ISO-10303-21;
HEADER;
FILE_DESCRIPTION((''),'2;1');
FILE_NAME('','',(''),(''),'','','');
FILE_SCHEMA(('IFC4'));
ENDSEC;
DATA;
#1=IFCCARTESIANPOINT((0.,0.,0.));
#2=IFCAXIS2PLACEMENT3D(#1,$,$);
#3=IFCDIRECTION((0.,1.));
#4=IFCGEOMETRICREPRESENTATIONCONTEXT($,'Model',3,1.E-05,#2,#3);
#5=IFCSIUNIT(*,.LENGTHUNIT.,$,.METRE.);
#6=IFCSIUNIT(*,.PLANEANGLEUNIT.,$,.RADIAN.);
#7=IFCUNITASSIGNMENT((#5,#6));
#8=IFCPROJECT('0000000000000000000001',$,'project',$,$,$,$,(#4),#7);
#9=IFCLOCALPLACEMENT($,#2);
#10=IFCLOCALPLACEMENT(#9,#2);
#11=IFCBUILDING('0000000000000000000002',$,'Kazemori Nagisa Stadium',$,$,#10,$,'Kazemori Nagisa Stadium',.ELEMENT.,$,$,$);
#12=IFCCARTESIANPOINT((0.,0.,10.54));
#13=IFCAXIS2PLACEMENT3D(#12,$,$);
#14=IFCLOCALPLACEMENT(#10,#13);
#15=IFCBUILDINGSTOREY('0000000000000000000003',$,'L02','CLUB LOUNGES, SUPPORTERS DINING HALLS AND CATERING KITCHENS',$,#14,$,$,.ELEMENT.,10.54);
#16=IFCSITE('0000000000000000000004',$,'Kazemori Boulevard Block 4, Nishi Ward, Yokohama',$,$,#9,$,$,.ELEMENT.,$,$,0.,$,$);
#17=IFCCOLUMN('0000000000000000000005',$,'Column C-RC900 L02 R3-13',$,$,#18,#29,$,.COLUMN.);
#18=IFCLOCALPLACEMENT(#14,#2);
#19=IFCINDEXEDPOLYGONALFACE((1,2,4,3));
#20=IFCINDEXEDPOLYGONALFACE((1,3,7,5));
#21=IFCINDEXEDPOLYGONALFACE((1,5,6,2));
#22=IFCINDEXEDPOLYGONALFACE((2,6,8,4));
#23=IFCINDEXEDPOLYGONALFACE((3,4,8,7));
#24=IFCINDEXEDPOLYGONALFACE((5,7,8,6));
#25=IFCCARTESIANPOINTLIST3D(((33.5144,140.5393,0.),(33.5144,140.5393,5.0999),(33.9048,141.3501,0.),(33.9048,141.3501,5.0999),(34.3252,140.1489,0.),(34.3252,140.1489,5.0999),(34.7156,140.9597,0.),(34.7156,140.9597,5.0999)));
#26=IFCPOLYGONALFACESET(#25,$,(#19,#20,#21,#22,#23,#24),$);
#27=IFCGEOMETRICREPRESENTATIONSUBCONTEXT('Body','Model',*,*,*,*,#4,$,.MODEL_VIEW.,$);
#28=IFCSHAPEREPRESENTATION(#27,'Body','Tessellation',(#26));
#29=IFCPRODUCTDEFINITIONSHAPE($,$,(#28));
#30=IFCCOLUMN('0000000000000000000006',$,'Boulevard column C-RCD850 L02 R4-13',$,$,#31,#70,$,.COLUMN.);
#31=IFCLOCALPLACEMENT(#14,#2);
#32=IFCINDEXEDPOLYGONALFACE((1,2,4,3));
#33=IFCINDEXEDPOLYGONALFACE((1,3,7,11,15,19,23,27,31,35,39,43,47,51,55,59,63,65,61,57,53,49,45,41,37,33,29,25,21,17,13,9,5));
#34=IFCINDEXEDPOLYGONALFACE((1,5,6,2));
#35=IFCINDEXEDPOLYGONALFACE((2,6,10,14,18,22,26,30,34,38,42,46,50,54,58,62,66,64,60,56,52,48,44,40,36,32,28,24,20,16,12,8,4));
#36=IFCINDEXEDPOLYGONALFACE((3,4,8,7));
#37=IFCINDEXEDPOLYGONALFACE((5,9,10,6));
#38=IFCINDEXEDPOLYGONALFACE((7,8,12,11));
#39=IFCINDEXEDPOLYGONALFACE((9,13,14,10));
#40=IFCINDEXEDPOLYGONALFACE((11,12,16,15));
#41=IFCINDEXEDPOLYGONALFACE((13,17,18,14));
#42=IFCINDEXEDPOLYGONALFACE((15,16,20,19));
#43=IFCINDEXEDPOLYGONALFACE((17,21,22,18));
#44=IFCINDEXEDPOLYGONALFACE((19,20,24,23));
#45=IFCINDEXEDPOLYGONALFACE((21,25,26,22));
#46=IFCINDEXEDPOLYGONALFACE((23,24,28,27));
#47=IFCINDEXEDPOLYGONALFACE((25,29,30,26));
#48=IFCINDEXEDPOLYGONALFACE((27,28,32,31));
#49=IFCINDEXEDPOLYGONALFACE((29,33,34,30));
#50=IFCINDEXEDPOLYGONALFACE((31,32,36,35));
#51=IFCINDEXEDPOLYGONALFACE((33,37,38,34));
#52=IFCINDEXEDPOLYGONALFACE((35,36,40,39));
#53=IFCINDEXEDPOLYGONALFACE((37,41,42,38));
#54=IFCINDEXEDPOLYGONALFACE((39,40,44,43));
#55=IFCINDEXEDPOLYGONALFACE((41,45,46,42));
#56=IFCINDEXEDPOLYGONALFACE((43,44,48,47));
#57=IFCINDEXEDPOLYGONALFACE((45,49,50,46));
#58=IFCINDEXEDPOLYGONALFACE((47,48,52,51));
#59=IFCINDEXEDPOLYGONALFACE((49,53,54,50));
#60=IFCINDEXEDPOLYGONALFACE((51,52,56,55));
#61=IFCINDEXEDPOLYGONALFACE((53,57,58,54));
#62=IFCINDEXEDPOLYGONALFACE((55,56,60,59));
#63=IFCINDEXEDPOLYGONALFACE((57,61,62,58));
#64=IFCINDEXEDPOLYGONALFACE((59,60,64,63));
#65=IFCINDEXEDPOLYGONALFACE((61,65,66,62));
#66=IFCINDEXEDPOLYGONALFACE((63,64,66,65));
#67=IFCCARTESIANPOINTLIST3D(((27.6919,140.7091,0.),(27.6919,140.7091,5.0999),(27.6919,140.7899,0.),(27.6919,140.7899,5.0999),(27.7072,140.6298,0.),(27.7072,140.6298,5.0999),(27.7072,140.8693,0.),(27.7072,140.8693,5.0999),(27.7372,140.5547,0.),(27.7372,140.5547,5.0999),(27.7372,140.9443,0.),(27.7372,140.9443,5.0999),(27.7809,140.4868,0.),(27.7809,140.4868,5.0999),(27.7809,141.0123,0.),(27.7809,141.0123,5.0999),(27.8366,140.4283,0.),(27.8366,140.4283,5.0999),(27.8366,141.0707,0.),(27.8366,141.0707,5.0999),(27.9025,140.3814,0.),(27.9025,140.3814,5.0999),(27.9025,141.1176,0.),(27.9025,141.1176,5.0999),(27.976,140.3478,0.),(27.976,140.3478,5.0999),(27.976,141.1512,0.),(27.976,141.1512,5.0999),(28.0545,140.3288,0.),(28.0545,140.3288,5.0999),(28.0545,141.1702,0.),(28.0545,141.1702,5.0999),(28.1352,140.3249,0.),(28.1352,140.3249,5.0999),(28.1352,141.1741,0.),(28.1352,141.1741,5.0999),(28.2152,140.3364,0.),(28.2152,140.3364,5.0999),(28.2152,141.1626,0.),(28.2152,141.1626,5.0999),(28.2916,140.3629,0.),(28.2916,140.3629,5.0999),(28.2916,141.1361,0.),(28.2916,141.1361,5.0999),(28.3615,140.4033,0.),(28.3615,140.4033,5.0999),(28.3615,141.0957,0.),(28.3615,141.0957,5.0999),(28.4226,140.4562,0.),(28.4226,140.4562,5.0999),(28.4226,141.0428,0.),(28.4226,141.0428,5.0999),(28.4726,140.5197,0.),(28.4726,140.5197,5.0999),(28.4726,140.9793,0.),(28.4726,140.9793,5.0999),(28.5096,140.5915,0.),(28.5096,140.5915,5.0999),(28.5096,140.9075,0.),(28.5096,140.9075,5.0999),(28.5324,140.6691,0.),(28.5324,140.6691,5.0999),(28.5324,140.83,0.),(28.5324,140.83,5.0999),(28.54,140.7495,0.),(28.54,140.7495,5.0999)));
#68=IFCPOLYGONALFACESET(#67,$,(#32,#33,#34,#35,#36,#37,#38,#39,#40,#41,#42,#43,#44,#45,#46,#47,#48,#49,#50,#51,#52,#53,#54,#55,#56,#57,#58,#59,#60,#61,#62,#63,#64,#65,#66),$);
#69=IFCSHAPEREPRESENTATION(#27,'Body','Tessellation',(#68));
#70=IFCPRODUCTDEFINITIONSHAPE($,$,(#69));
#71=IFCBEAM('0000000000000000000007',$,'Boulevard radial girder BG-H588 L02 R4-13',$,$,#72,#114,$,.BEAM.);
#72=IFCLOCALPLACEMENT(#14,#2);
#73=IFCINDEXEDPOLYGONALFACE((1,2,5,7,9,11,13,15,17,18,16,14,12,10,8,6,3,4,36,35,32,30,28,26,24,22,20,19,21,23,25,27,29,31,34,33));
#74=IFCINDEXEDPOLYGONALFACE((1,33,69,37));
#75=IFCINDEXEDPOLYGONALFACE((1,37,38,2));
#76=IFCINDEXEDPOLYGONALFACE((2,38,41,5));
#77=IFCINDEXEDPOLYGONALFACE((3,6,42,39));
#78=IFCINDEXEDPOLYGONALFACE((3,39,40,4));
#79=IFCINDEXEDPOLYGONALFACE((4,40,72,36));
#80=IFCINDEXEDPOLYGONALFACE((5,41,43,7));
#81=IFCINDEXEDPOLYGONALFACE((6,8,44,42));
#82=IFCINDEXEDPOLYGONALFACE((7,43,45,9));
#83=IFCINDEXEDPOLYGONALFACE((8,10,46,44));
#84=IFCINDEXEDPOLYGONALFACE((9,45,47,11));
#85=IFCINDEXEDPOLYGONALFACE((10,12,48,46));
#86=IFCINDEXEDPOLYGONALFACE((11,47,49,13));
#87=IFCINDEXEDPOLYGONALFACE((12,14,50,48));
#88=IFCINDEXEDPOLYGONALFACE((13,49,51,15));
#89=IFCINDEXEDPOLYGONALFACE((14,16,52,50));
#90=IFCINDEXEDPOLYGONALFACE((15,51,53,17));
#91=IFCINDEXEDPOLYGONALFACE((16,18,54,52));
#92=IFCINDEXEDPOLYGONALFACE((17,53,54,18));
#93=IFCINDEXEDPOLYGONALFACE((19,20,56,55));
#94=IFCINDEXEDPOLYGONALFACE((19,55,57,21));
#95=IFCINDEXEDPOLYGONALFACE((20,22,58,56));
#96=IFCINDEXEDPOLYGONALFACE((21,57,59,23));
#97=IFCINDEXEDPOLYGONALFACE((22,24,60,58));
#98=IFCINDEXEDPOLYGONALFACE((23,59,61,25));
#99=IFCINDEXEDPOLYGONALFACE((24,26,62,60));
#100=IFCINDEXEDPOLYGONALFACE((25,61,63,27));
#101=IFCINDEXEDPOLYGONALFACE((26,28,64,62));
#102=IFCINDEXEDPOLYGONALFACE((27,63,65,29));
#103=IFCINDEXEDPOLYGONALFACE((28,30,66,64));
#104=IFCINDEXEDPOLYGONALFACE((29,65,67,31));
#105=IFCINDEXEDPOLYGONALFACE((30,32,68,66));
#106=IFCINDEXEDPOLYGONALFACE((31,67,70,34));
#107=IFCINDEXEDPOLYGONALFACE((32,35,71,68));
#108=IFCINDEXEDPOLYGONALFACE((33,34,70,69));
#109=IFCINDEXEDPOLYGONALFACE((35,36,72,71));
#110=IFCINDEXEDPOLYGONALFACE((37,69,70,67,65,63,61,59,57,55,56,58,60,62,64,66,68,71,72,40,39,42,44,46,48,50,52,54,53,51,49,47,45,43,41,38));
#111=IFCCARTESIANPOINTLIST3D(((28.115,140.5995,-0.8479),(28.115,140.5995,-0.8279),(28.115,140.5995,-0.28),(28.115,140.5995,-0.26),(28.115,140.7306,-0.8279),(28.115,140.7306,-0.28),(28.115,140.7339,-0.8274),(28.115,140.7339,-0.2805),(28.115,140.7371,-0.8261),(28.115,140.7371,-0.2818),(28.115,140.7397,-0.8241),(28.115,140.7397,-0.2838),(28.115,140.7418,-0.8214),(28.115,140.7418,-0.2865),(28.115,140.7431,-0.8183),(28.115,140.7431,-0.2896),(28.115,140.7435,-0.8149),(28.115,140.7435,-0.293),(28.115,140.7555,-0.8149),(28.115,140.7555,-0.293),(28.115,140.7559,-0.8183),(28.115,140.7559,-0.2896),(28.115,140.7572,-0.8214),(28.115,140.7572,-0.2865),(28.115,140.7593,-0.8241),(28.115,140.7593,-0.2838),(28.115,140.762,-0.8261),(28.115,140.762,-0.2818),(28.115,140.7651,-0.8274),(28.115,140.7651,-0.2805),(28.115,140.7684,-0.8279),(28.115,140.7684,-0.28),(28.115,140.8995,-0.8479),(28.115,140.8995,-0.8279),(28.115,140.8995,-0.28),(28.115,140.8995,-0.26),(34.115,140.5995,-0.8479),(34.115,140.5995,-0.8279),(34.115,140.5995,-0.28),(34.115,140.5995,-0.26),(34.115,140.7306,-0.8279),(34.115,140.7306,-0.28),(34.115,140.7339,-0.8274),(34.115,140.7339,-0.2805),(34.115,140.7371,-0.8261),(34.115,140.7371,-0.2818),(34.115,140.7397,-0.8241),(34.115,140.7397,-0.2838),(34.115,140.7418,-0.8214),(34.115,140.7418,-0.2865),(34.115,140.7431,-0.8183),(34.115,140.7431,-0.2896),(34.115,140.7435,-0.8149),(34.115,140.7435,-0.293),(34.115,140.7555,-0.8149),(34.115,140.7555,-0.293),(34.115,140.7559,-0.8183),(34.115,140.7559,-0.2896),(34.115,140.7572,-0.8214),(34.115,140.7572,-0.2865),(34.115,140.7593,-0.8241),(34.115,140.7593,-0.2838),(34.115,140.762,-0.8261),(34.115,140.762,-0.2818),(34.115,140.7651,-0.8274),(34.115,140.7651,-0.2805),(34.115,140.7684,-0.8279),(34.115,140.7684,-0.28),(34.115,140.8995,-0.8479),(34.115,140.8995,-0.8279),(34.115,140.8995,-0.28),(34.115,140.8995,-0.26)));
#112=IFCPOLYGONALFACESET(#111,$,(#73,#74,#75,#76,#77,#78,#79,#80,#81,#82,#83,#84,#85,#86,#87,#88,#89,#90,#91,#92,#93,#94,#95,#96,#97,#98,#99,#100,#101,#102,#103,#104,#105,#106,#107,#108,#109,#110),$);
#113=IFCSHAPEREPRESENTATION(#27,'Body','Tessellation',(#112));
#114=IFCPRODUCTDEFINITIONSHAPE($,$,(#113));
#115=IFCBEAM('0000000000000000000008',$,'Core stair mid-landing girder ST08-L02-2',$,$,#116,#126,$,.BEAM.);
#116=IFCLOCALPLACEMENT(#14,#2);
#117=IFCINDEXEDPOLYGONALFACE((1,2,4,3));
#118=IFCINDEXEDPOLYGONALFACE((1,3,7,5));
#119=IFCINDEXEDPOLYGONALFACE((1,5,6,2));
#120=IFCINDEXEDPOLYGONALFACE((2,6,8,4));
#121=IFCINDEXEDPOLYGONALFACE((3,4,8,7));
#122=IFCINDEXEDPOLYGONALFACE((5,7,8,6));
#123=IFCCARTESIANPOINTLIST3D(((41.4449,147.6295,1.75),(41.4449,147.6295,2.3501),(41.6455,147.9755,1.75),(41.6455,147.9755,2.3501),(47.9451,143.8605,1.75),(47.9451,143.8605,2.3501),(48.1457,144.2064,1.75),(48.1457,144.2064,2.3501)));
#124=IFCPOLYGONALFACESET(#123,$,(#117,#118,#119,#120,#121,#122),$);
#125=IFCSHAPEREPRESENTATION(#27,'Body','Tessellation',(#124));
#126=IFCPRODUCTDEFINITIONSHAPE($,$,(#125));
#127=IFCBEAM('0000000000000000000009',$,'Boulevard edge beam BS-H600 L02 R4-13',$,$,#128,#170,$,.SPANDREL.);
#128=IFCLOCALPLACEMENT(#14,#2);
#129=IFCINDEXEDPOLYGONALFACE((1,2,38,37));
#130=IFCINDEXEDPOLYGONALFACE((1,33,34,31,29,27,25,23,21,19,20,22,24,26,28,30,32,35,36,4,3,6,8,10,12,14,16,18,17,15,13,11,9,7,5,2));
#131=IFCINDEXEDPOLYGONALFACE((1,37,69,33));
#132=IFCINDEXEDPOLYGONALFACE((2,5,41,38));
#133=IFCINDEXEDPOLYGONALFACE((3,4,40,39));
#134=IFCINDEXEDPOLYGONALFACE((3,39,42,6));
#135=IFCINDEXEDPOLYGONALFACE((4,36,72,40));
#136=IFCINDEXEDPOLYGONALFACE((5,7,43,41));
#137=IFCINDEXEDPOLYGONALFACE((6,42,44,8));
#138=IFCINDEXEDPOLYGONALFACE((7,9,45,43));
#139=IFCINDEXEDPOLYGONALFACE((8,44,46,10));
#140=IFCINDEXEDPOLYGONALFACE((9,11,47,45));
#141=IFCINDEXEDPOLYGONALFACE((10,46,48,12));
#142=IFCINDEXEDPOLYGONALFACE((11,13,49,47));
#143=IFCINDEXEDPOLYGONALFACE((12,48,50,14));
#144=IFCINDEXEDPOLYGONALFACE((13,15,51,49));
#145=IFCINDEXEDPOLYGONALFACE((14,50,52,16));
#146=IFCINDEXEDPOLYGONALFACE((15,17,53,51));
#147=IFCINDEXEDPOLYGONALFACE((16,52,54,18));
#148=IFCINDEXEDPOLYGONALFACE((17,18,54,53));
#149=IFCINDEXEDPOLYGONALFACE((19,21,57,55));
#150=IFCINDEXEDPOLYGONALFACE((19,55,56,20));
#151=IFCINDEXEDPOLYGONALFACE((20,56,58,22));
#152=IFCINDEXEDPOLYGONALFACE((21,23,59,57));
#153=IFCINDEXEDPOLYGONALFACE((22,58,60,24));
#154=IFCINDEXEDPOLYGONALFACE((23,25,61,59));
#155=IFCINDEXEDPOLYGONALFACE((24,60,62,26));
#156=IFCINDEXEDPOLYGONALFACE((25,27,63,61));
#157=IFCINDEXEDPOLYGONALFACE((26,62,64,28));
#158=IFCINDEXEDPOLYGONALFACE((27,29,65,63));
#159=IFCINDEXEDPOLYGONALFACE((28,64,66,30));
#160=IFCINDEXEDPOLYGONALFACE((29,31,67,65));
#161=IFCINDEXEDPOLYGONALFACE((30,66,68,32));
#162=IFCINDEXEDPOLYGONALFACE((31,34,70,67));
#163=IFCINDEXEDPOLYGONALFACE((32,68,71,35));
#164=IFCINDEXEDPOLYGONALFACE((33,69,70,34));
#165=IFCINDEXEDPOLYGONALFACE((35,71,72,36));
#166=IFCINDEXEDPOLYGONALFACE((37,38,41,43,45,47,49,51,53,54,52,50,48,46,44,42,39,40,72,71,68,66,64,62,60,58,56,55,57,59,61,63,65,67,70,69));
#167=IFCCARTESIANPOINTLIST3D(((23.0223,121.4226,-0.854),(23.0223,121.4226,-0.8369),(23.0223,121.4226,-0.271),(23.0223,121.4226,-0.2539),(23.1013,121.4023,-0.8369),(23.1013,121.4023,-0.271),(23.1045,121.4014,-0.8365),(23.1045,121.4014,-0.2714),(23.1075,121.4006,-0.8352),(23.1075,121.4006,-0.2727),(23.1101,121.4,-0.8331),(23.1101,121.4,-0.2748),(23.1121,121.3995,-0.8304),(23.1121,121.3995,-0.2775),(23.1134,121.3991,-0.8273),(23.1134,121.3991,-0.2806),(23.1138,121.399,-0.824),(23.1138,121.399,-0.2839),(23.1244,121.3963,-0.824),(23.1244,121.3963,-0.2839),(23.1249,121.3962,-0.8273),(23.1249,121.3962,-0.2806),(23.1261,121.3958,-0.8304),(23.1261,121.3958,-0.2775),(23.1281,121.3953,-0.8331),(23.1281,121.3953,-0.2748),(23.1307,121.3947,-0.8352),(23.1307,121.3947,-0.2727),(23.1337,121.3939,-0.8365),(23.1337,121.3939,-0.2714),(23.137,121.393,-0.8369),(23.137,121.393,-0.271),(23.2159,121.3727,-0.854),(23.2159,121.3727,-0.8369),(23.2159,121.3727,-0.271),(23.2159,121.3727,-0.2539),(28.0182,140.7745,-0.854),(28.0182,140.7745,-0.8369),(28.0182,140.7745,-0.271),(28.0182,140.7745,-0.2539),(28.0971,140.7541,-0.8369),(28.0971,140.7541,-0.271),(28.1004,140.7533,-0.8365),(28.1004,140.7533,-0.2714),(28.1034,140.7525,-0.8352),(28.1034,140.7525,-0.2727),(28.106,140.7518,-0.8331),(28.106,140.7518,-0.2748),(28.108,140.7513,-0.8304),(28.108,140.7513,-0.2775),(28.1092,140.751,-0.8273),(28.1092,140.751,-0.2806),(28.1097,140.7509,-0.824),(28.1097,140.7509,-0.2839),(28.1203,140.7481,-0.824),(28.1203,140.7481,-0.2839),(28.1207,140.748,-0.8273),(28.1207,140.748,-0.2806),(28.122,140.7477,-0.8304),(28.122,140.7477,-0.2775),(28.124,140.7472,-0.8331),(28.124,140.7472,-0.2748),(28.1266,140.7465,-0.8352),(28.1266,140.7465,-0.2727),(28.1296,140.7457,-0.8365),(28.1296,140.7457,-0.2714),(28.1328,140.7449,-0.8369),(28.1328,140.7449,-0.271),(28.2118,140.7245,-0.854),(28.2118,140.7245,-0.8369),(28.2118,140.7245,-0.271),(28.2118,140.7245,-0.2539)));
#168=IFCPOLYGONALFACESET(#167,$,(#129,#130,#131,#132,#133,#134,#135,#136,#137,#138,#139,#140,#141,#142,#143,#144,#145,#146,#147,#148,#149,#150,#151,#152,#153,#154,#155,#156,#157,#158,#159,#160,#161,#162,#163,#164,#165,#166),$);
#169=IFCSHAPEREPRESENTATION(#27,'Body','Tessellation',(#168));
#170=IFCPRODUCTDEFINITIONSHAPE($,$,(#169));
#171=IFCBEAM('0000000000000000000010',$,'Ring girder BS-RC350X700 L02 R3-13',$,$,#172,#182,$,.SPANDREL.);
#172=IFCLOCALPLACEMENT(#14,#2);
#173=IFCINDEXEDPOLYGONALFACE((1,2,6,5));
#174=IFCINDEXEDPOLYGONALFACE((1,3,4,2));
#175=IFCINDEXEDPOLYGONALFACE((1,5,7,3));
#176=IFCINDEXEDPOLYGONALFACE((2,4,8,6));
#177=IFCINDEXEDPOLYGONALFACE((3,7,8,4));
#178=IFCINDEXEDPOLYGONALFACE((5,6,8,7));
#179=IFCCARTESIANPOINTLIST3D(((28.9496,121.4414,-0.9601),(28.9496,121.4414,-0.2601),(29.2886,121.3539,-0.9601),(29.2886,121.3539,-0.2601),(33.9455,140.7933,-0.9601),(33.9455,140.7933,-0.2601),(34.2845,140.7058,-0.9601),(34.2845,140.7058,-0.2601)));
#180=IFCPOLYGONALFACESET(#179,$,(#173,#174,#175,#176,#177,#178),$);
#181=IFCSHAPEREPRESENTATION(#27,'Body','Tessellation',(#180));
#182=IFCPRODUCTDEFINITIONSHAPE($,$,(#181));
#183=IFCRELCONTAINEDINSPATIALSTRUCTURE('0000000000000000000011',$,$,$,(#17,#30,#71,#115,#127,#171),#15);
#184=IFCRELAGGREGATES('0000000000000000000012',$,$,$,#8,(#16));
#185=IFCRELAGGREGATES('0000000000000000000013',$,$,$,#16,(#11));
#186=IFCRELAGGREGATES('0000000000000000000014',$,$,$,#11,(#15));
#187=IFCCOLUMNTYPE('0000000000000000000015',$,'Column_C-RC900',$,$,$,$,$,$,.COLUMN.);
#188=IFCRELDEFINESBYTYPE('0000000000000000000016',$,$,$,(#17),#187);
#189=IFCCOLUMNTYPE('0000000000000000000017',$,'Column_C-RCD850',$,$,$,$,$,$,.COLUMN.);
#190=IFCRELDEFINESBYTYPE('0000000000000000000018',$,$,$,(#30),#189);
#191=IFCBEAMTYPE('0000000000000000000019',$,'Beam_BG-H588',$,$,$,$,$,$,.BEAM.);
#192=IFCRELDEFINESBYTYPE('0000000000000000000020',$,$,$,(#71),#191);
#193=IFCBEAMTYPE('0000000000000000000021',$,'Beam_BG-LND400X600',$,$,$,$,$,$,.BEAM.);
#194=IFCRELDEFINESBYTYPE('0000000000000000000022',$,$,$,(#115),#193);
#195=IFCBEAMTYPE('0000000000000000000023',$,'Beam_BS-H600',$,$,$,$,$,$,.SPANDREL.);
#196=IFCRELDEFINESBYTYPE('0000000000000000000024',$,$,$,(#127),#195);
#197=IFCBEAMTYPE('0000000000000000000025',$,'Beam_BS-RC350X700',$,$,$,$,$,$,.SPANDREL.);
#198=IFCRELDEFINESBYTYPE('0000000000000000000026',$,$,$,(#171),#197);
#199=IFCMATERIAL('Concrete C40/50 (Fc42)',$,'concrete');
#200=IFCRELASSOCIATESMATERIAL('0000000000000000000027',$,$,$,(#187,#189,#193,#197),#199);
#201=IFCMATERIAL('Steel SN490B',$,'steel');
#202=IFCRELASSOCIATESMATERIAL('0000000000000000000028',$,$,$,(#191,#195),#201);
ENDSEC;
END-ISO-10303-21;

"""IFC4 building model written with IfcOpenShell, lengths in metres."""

from ifc_helpers import new_model, si_unit, direction, frame, origin, origin_2d, place, context, subcontext, project, spatial, rectangle, circle, i_section, extrude, material, material_profile, profile_set, type_object, element, save


model = new_model("IFC4")

# Units and contexts
model_context = context("Model", 3, precision=1e-05, world=origin(), true_north=direction((0.0, 1.0)))
body_context = subcontext(model_context, "Body", "Model", "MODEL_VIEW")
ifc_project = project(units=[si_unit("LENGTHUNIT", "METRE"), si_unit("PLANEANGLEUNIT", "RADIAN")], contexts=[model_context])

# Site, building, storey
site_placement = place(None, origin())
site = spatial("IfcSite", under=ifc_project, at=site_placement, Name="Kazemori Boulevard Block 4, Nishi Ward, Yokohama", CompositionType="ELEMENT", RefElevation=0.0)
building_placement = place(site_placement, origin())
building = spatial("IfcBuilding", under=site, at=building_placement, Name="Kazemori Nagisa Stadium", LongName="Kazemori Nagisa Stadium", CompositionType="ELEMENT")
storey_placement = place(building_placement, frame((0.0, 0.0, 10.54)))
storey = spatial("IfcBuildingStorey", under=building, at=storey_placement, Name="L02", Description="CLUB LOUNGES, SUPPORTERS DINING HALLS AND CATERING KITCHENS", CompositionType="ELEMENT", Elevation=10.54)

# Columns
ifc_material_1 = material(Name="Concrete C40/50 (Fc42)", Category="concrete")
ifc_material_profile_1 = material_profile(ifc_material_1, rectangle(XDim=0.8999, YDim=0.8999, at=origin_2d()), Name="RC-COL-900x900")
ifc_profile_set_1 = profile_set([ifc_material_profile_1], Name="Concrete C40/50 (Fc42)")
column_type_1 = type_object("IfcColumnType", Name="Column_C-RC900", PredefinedType="COLUMN", material=ifc_profile_set_1)
column_1_placement = place(storey_placement, frame((34.115, 140.7495, 0.0), z_axis=(0.0, 0.0, 1.0), x_axis=(-0.900969, 0.433884, 0.0)))
element("IfcColumn", 1, at=column_1_placement, inside=storey, type_object=column_type_1, Name="Column C-RC900 L02 R3-13", PredefinedType="COLUMN", context=body_context, shape_type="SweptSolid", body=[
    extrude(rectangle(XDim=0.8999, YDim=0.8999, at=origin_2d()), origin(), (0.0, 0.0, 1.0), 5.0999),
])
ifc_material_profile_2 = material_profile(ifc_material_1, circle(Radius=0.425, at=origin_2d()), Name="RC-COL-D850")
ifc_profile_set_2 = profile_set([ifc_material_profile_2], Name="Concrete C40/50 (Fc42)")
column_type_2 = type_object("IfcColumnType", Name="Column_C-RCD850", PredefinedType="COLUMN", material=ifc_profile_set_2)
column_2_placement = place(storey_placement, frame((28.115, 140.7495, 0.0), z_axis=(0.0, 0.0, 1.0), x_axis=(1.0, 0.0, 0.0)))
element("IfcColumn", 2, at=column_2_placement, inside=storey, type_object=column_type_2, Name="Boulevard column C-RCD850 L02 R4-13", PredefinedType="COLUMN", context=body_context, shape_type="SweptSolid", body=[
    extrude(circle(Radius=0.425, at=origin_2d()), origin(), (0.0, 0.0, 1.0), 5.0999),
])

# Beams
ifc_material_2 = material(Name="Steel SN490B", Category="steel")
ifc_material_profile_3 = material_profile(ifc_material_2, i_section(OverallWidth=0.3, OverallDepth=0.5879, WebThickness=0.012, FlangeThickness=0.02, FilletRadius=0.0129, at=origin_2d()), Name="H-588x300x12x20")
ifc_profile_set_3 = profile_set([ifc_material_profile_3], Name="Steel SN490B")
beam_type_1 = type_object("IfcBeamType", Name="Beam_BG-H588", PredefinedType="BEAM", material=ifc_profile_set_3)
beam_1_placement = place(storey_placement, frame((34.115, 140.7495, -0.554), z_axis=(-1.0, 0.0, 0.0), x_axis=(0.0, -1.0, 0.0)))
element("IfcBeam", 3, at=beam_1_placement, inside=storey, type_object=beam_type_1, Name="Boulevard radial girder BG-H588 L02 R4-13", PredefinedType="BEAM", context=body_context, shape_type="SweptSolid", body=[
    extrude(i_section(OverallWidth=0.3, OverallDepth=0.5879, WebThickness=0.012, FlangeThickness=0.02, FilletRadius=0.0129, at=origin_2d()), origin(), (0.0, 0.0, 1.0), 6.0),
])
ifc_material_profile_4 = material_profile(ifc_material_1, rectangle(XDim=0.3999, YDim=0.6001, at=origin_2d()), Name="RC-BM-400x600")
ifc_profile_set_4 = profile_set([ifc_material_profile_4], Name="Concrete C40/50 (Fc42)")
beam_type_2 = type_object("IfcBeamType", Name="Beam_BG-LND400X600", PredefinedType="BEAM", material=ifc_profile_set_4)
beam_2_placement = place(storey_placement, frame((48.0454, 144.0334, 2.05), z_axis=(-0.865095, 0.501609, 0.0), x_axis=(-0.501609, -0.865095, 0.0)))
element("IfcBeam", 4, at=beam_2_placement, inside=storey, type_object=beam_type_2, Name="Core stair mid-landing girder ST08-L02-2", PredefinedType="BEAM", context=body_context, shape_type="SweptSolid", body=[
    extrude(rectangle(XDim=0.3999, YDim=0.6001, at=origin_2d()), origin(), (0.0, 0.0, 1.0), 7.5139),
])
ifc_material_profile_5 = material_profile(ifc_material_2, i_section(OverallWidth=0.2, OverallDepth=0.6001, WebThickness=0.011, FlangeThickness=0.0171, FilletRadius=0.0129, at=origin_2d()), Name="H-600x200x11x17")
ifc_profile_set_5 = profile_set([ifc_material_profile_5], Name="Steel SN490B")
beam_type_3 = type_object("IfcBeamType", Name="Beam_BS-H600", PredefinedType="SPANDREL", material=ifc_profile_set_5)
beam_3_placement = place(storey_placement, frame((28.115, 140.7495, -0.554), z_axis=(-0.249964, -0.968255, 0.0), x_axis=(0.968255, -0.249964, 0.0)))
element("IfcBeam", 5, at=beam_3_placement, inside=storey, type_object=beam_type_3, Name="Boulevard edge beam BS-H600 L02 R4-13", PredefinedType="SPANDREL", context=body_context, shape_type="SweptSolid", body=[
    extrude(i_section(OverallWidth=0.2, OverallDepth=0.6001, WebThickness=0.011, FlangeThickness=0.0171, FilletRadius=0.0129, at=origin_2d()), origin(), (0.0, 0.0, 1.0), 19.9863),
])
ifc_material_profile_6 = material_profile(ifc_material_1, rectangle(XDim=0.3501, YDim=0.7, at=origin_2d()), Name="RC-SP-350x700")
ifc_profile_set_6 = profile_set([ifc_material_profile_6], Name="Concrete C40/50 (Fc42)")
beam_type_4 = type_object("IfcBeamType", Name="Beam_BS-RC350X700", PredefinedType="SPANDREL", material=ifc_profile_set_6)
beam_4_placement = place(storey_placement, frame((34.115, 140.7495, -0.6101), z_axis=(-0.249964, -0.968255, 0.0), x_axis=(0.968255, -0.249964, 0.0)))
element("IfcBeam", 6, at=beam_4_placement, inside=storey, type_object=beam_type_4, Name="Ring girder BS-RC350X700 L02 R3-13", PredefinedType="SPANDREL", context=body_context, shape_type="SweptSolid", body=[
    extrude(rectangle(XDim=0.3501, YDim=0.7, at=origin_2d()), origin(), (0.0, 0.0, 1.0), 19.9863),
])

save(model, "model.ifc")
